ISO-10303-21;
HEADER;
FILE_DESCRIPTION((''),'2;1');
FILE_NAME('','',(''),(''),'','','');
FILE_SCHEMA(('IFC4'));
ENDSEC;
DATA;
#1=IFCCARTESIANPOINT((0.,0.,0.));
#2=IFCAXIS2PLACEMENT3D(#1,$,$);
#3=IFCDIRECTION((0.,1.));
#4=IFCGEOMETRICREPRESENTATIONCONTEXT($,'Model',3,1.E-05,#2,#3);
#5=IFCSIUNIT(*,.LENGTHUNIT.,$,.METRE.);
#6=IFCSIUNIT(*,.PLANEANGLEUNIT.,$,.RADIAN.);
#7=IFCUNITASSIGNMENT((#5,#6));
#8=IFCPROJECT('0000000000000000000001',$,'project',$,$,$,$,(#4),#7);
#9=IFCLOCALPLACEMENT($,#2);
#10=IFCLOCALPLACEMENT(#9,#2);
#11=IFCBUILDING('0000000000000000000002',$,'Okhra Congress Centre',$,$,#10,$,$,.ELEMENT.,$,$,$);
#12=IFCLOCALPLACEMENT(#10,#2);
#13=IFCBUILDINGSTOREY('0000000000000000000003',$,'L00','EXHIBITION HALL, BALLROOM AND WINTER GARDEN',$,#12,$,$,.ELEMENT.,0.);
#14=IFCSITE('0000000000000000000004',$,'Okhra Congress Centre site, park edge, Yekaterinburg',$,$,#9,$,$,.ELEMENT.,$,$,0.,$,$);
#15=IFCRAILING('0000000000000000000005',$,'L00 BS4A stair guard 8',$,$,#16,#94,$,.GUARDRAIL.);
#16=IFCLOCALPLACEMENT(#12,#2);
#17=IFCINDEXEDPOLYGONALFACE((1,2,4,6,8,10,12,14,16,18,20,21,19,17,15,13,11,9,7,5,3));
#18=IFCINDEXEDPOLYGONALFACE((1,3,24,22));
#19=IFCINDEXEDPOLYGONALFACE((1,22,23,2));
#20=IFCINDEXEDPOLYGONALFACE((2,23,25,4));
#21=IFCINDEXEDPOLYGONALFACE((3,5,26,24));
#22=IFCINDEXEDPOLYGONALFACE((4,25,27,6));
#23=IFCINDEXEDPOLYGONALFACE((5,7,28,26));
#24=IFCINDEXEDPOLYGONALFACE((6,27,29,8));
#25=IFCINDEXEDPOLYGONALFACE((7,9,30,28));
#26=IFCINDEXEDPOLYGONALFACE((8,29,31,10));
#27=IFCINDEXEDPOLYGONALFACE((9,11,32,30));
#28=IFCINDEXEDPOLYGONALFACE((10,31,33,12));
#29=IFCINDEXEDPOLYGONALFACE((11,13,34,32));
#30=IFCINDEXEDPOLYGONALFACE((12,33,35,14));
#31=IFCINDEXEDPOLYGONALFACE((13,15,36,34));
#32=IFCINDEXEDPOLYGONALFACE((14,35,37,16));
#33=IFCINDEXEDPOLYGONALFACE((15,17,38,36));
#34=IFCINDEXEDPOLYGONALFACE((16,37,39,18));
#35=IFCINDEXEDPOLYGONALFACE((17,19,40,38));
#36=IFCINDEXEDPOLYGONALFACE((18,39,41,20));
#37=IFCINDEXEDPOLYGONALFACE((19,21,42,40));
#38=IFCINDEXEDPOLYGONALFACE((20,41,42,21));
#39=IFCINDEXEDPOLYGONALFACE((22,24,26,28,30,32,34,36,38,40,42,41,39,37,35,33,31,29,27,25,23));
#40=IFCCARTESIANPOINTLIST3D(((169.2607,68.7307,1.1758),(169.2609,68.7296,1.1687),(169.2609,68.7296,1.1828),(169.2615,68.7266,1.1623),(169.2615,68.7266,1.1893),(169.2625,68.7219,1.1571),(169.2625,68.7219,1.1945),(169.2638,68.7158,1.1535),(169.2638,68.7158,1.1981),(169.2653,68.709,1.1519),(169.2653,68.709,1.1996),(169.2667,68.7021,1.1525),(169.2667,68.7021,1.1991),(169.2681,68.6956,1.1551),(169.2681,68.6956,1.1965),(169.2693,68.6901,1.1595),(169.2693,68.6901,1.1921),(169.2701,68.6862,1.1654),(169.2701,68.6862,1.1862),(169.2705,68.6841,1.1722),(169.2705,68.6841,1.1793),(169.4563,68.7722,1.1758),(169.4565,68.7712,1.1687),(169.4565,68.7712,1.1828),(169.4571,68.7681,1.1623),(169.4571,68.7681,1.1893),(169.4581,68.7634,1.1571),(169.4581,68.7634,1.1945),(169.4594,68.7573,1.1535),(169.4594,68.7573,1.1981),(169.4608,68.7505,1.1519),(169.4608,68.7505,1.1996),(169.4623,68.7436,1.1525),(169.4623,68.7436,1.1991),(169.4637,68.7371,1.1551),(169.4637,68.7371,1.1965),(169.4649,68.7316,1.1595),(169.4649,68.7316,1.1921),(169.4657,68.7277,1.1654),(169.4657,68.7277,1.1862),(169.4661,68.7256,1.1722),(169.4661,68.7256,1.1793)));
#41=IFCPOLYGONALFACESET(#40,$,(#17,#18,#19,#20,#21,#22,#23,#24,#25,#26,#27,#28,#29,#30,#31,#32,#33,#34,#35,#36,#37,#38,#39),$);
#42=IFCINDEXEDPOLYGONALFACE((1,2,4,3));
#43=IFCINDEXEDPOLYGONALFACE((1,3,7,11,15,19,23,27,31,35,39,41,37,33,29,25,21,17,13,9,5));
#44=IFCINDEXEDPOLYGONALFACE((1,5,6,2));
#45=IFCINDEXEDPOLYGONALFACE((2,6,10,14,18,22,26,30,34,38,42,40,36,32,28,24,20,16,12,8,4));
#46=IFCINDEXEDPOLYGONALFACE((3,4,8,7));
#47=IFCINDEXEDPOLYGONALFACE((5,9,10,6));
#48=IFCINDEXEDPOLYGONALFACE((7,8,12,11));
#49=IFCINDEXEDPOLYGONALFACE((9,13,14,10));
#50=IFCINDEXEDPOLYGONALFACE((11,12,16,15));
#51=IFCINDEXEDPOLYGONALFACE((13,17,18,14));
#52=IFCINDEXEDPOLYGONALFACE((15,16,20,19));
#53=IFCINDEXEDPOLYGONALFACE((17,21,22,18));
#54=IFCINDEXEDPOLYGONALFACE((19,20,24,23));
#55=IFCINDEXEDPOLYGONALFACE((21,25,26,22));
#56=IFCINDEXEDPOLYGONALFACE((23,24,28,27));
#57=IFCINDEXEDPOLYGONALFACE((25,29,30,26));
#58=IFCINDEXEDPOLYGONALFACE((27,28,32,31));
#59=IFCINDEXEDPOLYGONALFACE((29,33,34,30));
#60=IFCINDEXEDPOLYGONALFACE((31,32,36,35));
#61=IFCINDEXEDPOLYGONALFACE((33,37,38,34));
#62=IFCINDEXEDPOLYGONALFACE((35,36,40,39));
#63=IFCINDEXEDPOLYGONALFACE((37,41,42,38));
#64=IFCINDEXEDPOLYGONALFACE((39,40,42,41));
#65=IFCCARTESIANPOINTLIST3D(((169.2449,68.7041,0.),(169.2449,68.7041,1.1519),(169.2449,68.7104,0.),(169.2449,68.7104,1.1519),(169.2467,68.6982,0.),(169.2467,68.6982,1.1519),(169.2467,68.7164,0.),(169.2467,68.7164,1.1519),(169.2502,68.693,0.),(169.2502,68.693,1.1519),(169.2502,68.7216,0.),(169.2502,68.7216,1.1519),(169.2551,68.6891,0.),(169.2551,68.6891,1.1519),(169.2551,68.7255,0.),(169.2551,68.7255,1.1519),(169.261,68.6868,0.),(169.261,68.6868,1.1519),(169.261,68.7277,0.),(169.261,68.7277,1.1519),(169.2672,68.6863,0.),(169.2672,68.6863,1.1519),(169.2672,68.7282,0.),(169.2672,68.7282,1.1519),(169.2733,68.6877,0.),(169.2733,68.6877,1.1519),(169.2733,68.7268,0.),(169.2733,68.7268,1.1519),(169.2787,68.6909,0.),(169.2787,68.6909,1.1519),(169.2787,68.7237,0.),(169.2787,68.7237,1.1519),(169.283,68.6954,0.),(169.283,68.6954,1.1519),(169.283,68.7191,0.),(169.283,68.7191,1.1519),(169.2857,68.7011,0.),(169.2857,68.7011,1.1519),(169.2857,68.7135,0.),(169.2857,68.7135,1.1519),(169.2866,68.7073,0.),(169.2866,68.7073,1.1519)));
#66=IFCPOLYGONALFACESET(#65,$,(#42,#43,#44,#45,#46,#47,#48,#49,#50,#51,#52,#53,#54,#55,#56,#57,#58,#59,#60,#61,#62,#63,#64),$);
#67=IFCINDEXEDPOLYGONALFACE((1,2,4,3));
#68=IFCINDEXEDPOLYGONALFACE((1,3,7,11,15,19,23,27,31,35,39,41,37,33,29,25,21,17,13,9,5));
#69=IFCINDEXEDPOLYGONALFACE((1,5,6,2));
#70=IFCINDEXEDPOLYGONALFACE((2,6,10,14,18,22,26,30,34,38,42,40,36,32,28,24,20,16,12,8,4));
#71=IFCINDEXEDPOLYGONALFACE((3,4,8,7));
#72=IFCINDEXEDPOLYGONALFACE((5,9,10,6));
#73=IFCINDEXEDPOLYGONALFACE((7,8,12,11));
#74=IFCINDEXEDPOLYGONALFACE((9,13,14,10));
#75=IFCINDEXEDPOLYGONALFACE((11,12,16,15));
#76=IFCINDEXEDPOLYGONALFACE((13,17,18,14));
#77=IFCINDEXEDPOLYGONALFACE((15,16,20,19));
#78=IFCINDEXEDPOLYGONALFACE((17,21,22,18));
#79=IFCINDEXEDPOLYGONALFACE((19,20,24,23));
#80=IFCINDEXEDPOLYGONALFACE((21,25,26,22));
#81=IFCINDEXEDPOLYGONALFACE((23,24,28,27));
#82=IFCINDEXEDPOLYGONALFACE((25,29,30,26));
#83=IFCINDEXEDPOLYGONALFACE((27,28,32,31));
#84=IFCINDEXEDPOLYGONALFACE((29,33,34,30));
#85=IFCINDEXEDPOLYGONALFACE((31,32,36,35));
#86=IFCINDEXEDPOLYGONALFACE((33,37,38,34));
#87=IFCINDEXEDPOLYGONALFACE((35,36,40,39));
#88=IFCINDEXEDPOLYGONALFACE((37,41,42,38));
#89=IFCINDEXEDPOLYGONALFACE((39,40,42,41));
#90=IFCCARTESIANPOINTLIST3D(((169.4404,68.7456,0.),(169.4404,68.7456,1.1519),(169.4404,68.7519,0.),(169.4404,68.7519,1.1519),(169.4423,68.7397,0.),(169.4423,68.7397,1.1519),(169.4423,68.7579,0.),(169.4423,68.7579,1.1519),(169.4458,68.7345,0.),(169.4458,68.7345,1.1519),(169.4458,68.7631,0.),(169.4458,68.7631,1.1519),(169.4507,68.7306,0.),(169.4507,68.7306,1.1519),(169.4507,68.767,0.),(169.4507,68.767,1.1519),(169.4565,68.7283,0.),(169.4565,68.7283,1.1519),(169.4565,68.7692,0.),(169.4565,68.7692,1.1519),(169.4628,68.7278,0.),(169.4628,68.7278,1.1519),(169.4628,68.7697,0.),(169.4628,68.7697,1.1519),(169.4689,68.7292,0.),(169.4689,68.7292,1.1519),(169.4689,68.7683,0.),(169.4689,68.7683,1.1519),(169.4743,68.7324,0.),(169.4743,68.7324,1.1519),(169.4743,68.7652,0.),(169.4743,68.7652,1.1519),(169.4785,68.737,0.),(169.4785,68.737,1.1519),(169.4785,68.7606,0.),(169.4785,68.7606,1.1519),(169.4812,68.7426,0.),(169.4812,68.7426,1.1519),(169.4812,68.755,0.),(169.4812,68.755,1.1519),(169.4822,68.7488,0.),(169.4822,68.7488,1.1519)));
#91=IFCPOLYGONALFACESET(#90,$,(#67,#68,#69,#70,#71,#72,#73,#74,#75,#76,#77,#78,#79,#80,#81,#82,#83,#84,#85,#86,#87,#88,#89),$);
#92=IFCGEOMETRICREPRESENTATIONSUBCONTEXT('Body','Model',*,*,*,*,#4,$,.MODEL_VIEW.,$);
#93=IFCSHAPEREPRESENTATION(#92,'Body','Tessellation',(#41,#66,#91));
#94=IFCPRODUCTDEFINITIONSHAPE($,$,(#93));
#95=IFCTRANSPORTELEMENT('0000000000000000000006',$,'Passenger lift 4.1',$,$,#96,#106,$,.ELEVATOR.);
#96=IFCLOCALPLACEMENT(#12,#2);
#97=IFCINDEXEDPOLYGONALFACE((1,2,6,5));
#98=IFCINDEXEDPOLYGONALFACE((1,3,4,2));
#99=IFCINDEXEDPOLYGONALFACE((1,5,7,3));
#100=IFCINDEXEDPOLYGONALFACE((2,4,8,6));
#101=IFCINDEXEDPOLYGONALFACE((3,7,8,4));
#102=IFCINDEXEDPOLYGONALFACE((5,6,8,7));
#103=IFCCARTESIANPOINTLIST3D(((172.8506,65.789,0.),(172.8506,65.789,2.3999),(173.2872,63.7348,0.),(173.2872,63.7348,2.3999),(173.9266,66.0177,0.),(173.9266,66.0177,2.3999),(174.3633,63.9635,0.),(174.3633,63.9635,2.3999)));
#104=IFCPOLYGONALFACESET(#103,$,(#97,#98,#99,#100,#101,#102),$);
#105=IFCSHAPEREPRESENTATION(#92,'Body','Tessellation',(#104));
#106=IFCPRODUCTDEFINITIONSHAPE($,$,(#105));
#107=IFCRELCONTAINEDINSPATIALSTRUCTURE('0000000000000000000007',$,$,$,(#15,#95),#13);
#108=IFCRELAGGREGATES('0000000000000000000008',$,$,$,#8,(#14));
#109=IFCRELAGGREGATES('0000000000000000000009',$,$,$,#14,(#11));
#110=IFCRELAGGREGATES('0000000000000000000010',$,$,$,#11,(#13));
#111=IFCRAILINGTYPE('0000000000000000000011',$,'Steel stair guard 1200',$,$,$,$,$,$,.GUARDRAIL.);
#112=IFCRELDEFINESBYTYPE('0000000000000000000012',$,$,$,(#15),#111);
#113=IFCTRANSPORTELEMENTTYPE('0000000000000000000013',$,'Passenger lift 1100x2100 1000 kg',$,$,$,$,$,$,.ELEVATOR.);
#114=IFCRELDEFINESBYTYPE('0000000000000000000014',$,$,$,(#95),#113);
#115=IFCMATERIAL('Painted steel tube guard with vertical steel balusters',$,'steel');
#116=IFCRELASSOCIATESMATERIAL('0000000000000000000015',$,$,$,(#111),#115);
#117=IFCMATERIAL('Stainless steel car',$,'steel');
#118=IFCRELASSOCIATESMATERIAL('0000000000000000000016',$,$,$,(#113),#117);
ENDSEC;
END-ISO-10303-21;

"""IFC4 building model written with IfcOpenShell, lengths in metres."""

from ifc_helpers import new_model, si_unit, direction, frame, origin, origin_2d, place, context, subcontext, project, spatial, rectangle, circle, extrude, material, type_object, element, save


model = new_model("IFC4")

# Units and contexts
model_context = context("Model", 3, precision=1e-05, world=origin(), true_north=direction((0.0, 1.0)))
body_context = subcontext(model_context, "Body", "Model", "MODEL_VIEW")
ifc_project = project(units=[si_unit("LENGTHUNIT", "METRE"), si_unit("PLANEANGLEUNIT", "RADIAN")], contexts=[model_context])

# Site, building, storey
site_placement = place(None, origin())
site = spatial("IfcSite", under=ifc_project, at=site_placement, Name="Okhra Congress Centre site, park edge, Yekaterinburg", CompositionType="ELEMENT", RefElevation=0.0)
building_placement = place(site_placement, origin())
building = spatial("IfcBuilding", under=site, at=building_placement, Name="Okhra Congress Centre", CompositionType="ELEMENT")
storey_placement = place(building_placement, origin())
storey = spatial("IfcBuildingStorey", under=building, at=storey_placement, Name="L00", Description="EXHIBITION HALL, BALLROOM AND WINTER GARDEN", CompositionType="ELEMENT", Elevation=0.0)

# Railing
ifc_material_1 = material(Name="Painted steel tube guard with vertical steel balusters", Category="steel")
railing_type_1 = type_object("IfcRailingType", Name="Steel stair guard 1200", PredefinedType="GUARDRAIL", material=ifc_material_1)
railing_1_placement = place(storey_placement, frame((169.2656, 68.7073, 0.0)))
element("IfcRailing", 1, at=railing_1_placement, inside=storey, type_object=railing_type_1, Name="L00 BS4A stair guard 8", PredefinedType="GUARDRAIL", context=body_context, shape_type="SweptSolid", body=[
    extrude(circle(Radius=0.0239, at=origin_2d()), frame((0.0, 0.0, 1.1758), z_axis=(0.978212, 0.20761, 0.0), x_axis=(-0.20761, 0.978212, 0.0)), (0.0, 0.0, 1.0), 0.2),
    extrude(circle(Radius=0.021, at=origin_2d()), origin(), (0.0, 0.0, 1.0), 1.1519),
    extrude(circle(Radius=0.021, at=origin_2d()), frame((0.1956, 0.0415, 0.0)), (0.0, 0.0, 1.0), 1.1519),
])

# Transport element
ifc_material_2 = material(Name="Stainless steel car", Category="steel")
transport_element_type = type_object("IfcTransportElementType", Name="Passenger lift 1100x2100 1000 kg", PredefinedType="ELEVATOR", material=ifc_material_2)
transport_element_placement = place(storey_placement, frame((173.6069, 64.8762, 0.0), z_axis=(0.0, 0.0, 1.0), x_axis=(0.978148, 0.207912, 0.0)))
element("IfcTransportElement", 2, at=transport_element_placement, inside=storey, type_object=transport_element_type, Name="Passenger lift 4.1", PredefinedType="ELEVATOR", context=body_context, shape_type="SweptSolid", body=[
    extrude(rectangle(XDim=1.1001, YDim=2.1001, at=origin_2d()), origin(), (0.0, 0.0, 1.0), 2.3999),
])

save(model, "model.ifc")
